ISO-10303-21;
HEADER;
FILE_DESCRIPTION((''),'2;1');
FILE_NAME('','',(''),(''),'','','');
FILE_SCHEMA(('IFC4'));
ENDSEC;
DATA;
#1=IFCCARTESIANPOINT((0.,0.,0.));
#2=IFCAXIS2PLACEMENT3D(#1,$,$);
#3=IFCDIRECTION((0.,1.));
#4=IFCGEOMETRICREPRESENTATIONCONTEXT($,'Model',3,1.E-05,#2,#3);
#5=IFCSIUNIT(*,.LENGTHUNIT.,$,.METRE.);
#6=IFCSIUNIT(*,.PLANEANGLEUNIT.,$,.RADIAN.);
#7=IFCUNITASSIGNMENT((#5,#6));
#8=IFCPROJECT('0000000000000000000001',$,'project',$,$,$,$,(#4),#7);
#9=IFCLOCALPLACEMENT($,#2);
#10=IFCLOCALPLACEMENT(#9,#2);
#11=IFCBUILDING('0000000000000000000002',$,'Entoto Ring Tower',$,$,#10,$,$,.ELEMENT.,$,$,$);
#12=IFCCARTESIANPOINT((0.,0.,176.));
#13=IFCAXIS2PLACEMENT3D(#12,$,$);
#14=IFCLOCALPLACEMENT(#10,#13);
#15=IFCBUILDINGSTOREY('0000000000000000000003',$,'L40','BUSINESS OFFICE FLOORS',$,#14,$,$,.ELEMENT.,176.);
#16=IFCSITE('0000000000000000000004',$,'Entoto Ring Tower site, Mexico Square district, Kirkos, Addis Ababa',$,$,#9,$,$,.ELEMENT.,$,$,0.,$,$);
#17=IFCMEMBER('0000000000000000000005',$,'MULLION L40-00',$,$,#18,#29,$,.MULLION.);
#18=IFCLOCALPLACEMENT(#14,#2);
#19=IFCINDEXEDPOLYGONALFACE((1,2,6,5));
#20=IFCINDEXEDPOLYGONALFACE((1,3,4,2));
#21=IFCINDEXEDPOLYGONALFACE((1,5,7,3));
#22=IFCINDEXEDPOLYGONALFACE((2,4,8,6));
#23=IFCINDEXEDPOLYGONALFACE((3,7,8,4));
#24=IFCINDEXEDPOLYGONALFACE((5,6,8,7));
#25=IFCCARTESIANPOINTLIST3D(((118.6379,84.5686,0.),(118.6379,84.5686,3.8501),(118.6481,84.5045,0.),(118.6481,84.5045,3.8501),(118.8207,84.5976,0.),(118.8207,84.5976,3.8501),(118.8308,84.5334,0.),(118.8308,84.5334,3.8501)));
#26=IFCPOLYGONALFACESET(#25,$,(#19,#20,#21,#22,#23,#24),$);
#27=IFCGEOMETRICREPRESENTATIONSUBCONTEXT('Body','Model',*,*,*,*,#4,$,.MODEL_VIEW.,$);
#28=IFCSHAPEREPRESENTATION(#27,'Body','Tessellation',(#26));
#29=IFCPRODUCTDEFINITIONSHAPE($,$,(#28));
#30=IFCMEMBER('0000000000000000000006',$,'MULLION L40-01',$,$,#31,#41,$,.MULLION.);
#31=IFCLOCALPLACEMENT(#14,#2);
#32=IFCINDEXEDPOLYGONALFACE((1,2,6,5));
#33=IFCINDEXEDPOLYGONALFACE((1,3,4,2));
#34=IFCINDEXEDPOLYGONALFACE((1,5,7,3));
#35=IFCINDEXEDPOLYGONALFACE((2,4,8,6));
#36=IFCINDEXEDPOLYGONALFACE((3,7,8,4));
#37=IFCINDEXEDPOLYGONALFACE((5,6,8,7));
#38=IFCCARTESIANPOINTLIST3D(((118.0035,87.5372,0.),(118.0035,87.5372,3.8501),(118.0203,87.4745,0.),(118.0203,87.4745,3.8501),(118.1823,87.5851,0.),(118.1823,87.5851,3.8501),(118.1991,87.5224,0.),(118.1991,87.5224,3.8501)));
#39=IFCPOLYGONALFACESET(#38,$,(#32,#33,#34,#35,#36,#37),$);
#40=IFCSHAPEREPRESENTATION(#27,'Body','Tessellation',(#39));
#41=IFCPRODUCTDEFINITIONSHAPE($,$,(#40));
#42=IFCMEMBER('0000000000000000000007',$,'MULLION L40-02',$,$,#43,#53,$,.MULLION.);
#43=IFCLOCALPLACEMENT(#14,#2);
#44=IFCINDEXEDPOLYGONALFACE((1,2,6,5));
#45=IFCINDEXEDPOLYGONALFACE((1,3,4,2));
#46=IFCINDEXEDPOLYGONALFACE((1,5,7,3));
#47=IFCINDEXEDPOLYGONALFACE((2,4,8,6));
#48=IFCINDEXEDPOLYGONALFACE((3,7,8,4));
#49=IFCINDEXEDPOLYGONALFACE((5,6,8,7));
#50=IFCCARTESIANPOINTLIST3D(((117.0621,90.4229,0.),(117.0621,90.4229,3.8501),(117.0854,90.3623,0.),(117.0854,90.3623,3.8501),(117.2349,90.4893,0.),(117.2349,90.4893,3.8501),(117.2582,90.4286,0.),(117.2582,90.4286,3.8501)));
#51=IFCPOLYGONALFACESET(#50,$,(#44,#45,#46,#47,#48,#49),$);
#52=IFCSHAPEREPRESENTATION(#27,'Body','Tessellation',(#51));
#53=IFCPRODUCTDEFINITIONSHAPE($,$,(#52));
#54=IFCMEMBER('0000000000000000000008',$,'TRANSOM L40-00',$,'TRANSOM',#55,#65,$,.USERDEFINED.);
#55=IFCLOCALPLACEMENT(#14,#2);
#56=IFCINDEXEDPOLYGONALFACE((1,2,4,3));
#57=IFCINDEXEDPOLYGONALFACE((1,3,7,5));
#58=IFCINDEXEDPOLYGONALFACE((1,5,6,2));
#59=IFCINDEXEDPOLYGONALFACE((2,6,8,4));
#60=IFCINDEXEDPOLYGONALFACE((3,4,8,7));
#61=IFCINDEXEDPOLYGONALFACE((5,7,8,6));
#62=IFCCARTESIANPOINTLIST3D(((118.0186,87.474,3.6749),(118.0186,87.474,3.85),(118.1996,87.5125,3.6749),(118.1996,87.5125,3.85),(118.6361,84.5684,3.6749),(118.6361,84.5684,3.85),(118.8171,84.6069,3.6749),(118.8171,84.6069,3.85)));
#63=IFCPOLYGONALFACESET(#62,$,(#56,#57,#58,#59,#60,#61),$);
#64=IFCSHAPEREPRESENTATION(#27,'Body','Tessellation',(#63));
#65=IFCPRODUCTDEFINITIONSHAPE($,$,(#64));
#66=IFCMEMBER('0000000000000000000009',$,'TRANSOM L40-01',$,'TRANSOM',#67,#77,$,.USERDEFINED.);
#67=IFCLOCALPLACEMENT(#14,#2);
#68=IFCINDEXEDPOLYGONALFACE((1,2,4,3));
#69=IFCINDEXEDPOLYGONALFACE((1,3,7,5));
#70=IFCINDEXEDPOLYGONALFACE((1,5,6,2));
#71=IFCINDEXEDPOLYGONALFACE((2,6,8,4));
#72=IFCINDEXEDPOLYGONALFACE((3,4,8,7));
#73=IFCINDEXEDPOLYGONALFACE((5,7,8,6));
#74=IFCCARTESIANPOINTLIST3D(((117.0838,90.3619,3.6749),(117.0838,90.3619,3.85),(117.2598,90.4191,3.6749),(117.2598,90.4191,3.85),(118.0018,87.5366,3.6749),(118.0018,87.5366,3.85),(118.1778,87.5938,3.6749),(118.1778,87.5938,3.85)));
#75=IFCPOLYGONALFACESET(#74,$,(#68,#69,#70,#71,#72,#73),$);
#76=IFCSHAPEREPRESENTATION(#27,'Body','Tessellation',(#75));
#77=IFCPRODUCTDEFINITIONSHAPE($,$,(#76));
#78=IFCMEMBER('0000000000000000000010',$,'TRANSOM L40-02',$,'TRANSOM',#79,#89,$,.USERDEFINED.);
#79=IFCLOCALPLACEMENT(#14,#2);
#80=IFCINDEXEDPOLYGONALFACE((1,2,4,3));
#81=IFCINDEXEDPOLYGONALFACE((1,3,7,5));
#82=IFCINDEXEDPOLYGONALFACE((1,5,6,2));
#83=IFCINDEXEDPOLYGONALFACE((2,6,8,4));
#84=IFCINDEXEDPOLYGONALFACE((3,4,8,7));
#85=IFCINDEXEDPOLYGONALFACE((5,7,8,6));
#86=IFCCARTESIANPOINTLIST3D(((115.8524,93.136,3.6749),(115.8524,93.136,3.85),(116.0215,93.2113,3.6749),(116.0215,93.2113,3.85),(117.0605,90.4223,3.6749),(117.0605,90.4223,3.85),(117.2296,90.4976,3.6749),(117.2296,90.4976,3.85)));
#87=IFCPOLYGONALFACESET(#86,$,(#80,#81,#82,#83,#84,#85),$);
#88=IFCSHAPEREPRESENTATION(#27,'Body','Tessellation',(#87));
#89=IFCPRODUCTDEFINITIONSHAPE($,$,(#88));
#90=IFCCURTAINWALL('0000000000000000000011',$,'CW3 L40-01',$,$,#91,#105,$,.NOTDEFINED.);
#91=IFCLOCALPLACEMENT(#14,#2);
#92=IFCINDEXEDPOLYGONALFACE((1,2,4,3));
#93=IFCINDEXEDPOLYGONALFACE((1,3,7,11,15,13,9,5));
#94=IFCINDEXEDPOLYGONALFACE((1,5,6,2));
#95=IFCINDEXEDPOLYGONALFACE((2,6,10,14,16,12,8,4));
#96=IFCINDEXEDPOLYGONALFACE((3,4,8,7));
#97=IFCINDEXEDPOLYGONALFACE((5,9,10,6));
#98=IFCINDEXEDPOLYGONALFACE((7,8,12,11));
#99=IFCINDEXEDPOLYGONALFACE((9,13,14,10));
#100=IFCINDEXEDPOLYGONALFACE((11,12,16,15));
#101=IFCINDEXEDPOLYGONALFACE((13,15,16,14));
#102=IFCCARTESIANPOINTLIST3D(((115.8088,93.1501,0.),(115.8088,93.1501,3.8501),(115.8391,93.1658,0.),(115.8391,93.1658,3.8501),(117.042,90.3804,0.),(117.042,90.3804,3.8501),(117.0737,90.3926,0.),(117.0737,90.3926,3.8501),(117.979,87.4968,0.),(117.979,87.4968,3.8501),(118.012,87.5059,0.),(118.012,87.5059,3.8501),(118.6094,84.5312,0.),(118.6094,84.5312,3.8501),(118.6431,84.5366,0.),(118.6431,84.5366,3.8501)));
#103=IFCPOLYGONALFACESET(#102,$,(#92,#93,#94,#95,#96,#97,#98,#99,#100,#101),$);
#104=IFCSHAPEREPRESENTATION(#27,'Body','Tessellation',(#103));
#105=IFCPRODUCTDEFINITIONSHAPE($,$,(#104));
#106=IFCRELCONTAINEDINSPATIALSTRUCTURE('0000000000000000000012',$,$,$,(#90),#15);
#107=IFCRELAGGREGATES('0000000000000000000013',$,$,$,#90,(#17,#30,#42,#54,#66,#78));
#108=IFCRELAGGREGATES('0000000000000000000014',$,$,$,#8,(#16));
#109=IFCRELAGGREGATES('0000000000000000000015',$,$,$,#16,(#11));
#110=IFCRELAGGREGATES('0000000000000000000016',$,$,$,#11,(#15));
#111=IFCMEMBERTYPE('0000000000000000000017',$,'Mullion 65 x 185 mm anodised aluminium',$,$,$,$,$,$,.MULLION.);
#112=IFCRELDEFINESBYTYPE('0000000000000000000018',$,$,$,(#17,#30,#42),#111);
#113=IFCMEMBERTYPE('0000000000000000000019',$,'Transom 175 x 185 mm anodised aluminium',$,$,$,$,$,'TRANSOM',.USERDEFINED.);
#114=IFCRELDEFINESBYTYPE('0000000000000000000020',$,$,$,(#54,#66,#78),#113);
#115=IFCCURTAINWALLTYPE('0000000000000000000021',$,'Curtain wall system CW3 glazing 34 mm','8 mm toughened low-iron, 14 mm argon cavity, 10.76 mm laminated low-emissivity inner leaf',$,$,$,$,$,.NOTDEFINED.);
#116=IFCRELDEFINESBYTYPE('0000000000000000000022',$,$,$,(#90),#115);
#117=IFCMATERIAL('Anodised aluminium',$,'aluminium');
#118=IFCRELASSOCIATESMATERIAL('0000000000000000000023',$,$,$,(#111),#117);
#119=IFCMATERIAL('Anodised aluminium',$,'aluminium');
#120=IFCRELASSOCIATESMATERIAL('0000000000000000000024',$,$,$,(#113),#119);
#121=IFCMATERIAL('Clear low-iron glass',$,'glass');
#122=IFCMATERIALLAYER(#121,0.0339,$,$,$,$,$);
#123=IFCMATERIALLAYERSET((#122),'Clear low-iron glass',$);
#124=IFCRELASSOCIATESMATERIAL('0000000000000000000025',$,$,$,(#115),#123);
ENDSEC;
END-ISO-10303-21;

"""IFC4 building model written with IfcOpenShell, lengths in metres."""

from ifc_helpers import new_model, si_unit, direction, frame, origin, origin_2d, place, context, subcontext, project, spatial, polyline, rectangle, outline, extrude, material, layer, layer_set, material_profile, profile_set, type_object, element, aggregate, save


model = new_model("IFC4")

# Units and contexts
model_context = context("Model", 3, precision=1e-05, world=origin(), true_north=direction((0.0, 1.0)))
body_context = subcontext(model_context, "Body", "Model", "MODEL_VIEW")
ifc_project = project(units=[si_unit("LENGTHUNIT", "METRE"), si_unit("PLANEANGLEUNIT", "RADIAN")], contexts=[model_context])

# Members
ifc_material_1 = material(Name="Anodised aluminium", Category="aluminium")
ifc_material_profile_1 = material_profile(ifc_material_1, rectangle(XDim=0.0649, YDim=0.1851, at=origin_2d()), Name="Mullion 65 x 185 mm anodised aluminium")
ifc_profile_set_1 = profile_set([ifc_material_profile_1], Name="Anodised aluminium")
member_type_1 = type_object("IfcMemberType", Name="Mullion 65 x 185 mm anodised aluminium", PredefinedType="MULLION", material=ifc_profile_set_1)
site_placement = place(None, origin())
building_placement = place(site_placement, origin())
storey_placement = place(building_placement, frame((0.0, 0.0, 176.0)))
member_1_placement = place(storey_placement, frame((118.7344, 84.551, 0.0), z_axis=(0.0, 0.0, 1.0), x_axis=(-0.156434, 0.987688, 0.0)))
member_1 = element("IfcMember", 1, at=member_1_placement, type_object=member_type_1, Name="MULLION L40-00", PredefinedType="MULLION", context=body_context, shape_type="SweptSolid", body=[
    extrude(rectangle(XDim=0.0649, YDim=0.1851, at=origin_2d()), origin(), (0.0, 0.0, 1.0), 3.8501),
])
member_2_placement = place(storey_placement, frame((118.1013, 87.5298, 0.0), z_axis=(0.0, 0.0, 1.0), x_axis=(-0.258819, 0.965926, 0.0)))
member_2 = element("IfcMember", 2, at=member_2_placement, type_object=member_type_1, Name="MULLION L40-01", PredefinedType="MULLION", context=body_context, shape_type="SweptSolid", body=[
    extrude(rectangle(XDim=0.0649, YDim=0.1851, at=origin_2d()), origin(), (0.0, 0.0, 1.0), 3.8501),
])
member_3_placement = place(storey_placement, frame((117.1602, 90.4258, 0.0), z_axis=(0.0, 0.0, 1.0), x_axis=(-0.358368, 0.93358, 0.0)))
member_3 = element("IfcMember", 3, at=member_3_placement, type_object=member_type_1, Name="MULLION L40-02", PredefinedType="MULLION", context=body_context, shape_type="SweptSolid", body=[
    extrude(rectangle(XDim=0.0649, YDim=0.1851, at=origin_2d()), origin(), (0.0, 0.0, 1.0), 3.8501),
])
ifc_material_2 = material(Name="Anodised aluminium", Category="aluminium")
ifc_material_profile_2 = material_profile(ifc_material_2, rectangle(XDim=0.1851, YDim=0.175, at=origin_2d()), Name="Transom 175 x 185 mm anodised aluminium")
ifc_profile_set_2 = profile_set([ifc_material_profile_2], Name="Anodised aluminium")
member_type_2 = type_object("IfcMemberType", Name="Transom 175 x 185 mm anodised aluminium", ElementType="TRANSOM", PredefinedType="USERDEFINED", material=ifc_profile_set_2)
member_4_placement = place(storey_placement, frame((118.7266, 84.5876, 3.7625), z_axis=(-0.207862, 0.978158, 0.0), x_axis=(-0.978158, -0.207862, 0.0)))
member_4 = element("IfcMember", 4, at=member_4_placement, type_object=member_type_2, Name="TRANSOM L40-00", ObjectType="TRANSOM", PredefinedType="USERDEFINED", context=body_context, shape_type="SweptSolid", body=[
    extrude(rectangle(XDim=0.1851, YDim=0.175, at=origin_2d()), origin(), (0.0, 0.0, 1.0), 2.9705),
])
member_5_placement = place(storey_placement, frame((118.0898, 87.5652, 3.7625), z_axis=(-0.309019, 0.951056, 0.0), x_axis=(-0.951056, -0.309019, 0.0)))
member_5 = element("IfcMember", 5, at=member_5_placement, type_object=member_type_2, Name="TRANSOM L40-01", ObjectType="TRANSOM", PredefinedType="USERDEFINED", context=body_context, shape_type="SweptSolid", body=[
    extrude(rectangle(XDim=0.1851, YDim=0.175, at=origin_2d()), origin(), (0.0, 0.0, 1.0), 2.9707),
])
member_6_placement = place(storey_placement, frame((117.145, 90.46, 3.7625), z_axis=(-0.406687, 0.913567, 0.0), x_axis=(-0.913567, -0.406687, 0.0)))
member_6 = element("IfcMember", 6, at=member_6_placement, type_object=member_type_2, Name="TRANSOM L40-02", ObjectType="TRANSOM", PredefinedType="USERDEFINED", context=body_context, shape_type="SweptSolid", body=[
    extrude(rectangle(XDim=0.1851, YDim=0.175, at=origin_2d()), origin(), (0.0, 0.0, 1.0), 2.9705),
])

# Site, building, storey
site = spatial("IfcSite", under=ifc_project, at=site_placement, Name="Entoto Ring Tower site, Mexico Square district, Kirkos, Addis Ababa", CompositionType="ELEMENT", RefElevation=0.0)
building = spatial("IfcBuilding", under=site, at=building_placement, Name="Entoto Ring Tower", CompositionType="ELEMENT")
storey = spatial("IfcBuildingStorey", under=building, at=storey_placement, Name="L40", Description="BUSINESS OFFICE FLOORS", CompositionType="ELEMENT", Elevation=176.0)

# Curtain wall
ifc_material_3 = material(Name="Clear low-iron glass", Category="glass")
ifc_layer_1 = layer(ifc_material_3, 0.0339)
ifc_layer_set_1 = layer_set([ifc_layer_1], Name="Clear low-iron glass")
curtain_wall_type = type_object("IfcCurtainWallType", Name="Curtain wall system CW3 glazing 34 mm", Description="8 mm toughened low-iron, 14 mm argon cavity, 10.76 mm laminated low-emissivity inner leaf", PredefinedType="NOTDEFINED", material=ifc_layer_set_1)
curtain_wall_1_placement = place(storey_placement, origin())
curtain_wall_1 = element("IfcCurtainWall", 7, at=curtain_wall_1_placement, inside=storey, type_object=curtain_wall_type, Name="CW3 L40-01", PredefinedType="NOTDEFINED", context=body_context, shape_type="SweptSolid", body=[
    extrude(outline(polyline([(118.6431, 84.5366), (118.012, 87.5059), (117.0737, 90.3926), (115.8391, 93.1658), (115.8088, 93.1501), (117.042, 90.3804), (117.979, 87.4968), (118.6094, 84.5312), (118.6431, 84.5366)])), origin(), (0.0, 0.0, 1.0), 3.8501),
])
aggregate(curtain_wall_1, [member_1, member_2, member_3, member_4, member_5, member_6])

save(model, "model.ifc")
